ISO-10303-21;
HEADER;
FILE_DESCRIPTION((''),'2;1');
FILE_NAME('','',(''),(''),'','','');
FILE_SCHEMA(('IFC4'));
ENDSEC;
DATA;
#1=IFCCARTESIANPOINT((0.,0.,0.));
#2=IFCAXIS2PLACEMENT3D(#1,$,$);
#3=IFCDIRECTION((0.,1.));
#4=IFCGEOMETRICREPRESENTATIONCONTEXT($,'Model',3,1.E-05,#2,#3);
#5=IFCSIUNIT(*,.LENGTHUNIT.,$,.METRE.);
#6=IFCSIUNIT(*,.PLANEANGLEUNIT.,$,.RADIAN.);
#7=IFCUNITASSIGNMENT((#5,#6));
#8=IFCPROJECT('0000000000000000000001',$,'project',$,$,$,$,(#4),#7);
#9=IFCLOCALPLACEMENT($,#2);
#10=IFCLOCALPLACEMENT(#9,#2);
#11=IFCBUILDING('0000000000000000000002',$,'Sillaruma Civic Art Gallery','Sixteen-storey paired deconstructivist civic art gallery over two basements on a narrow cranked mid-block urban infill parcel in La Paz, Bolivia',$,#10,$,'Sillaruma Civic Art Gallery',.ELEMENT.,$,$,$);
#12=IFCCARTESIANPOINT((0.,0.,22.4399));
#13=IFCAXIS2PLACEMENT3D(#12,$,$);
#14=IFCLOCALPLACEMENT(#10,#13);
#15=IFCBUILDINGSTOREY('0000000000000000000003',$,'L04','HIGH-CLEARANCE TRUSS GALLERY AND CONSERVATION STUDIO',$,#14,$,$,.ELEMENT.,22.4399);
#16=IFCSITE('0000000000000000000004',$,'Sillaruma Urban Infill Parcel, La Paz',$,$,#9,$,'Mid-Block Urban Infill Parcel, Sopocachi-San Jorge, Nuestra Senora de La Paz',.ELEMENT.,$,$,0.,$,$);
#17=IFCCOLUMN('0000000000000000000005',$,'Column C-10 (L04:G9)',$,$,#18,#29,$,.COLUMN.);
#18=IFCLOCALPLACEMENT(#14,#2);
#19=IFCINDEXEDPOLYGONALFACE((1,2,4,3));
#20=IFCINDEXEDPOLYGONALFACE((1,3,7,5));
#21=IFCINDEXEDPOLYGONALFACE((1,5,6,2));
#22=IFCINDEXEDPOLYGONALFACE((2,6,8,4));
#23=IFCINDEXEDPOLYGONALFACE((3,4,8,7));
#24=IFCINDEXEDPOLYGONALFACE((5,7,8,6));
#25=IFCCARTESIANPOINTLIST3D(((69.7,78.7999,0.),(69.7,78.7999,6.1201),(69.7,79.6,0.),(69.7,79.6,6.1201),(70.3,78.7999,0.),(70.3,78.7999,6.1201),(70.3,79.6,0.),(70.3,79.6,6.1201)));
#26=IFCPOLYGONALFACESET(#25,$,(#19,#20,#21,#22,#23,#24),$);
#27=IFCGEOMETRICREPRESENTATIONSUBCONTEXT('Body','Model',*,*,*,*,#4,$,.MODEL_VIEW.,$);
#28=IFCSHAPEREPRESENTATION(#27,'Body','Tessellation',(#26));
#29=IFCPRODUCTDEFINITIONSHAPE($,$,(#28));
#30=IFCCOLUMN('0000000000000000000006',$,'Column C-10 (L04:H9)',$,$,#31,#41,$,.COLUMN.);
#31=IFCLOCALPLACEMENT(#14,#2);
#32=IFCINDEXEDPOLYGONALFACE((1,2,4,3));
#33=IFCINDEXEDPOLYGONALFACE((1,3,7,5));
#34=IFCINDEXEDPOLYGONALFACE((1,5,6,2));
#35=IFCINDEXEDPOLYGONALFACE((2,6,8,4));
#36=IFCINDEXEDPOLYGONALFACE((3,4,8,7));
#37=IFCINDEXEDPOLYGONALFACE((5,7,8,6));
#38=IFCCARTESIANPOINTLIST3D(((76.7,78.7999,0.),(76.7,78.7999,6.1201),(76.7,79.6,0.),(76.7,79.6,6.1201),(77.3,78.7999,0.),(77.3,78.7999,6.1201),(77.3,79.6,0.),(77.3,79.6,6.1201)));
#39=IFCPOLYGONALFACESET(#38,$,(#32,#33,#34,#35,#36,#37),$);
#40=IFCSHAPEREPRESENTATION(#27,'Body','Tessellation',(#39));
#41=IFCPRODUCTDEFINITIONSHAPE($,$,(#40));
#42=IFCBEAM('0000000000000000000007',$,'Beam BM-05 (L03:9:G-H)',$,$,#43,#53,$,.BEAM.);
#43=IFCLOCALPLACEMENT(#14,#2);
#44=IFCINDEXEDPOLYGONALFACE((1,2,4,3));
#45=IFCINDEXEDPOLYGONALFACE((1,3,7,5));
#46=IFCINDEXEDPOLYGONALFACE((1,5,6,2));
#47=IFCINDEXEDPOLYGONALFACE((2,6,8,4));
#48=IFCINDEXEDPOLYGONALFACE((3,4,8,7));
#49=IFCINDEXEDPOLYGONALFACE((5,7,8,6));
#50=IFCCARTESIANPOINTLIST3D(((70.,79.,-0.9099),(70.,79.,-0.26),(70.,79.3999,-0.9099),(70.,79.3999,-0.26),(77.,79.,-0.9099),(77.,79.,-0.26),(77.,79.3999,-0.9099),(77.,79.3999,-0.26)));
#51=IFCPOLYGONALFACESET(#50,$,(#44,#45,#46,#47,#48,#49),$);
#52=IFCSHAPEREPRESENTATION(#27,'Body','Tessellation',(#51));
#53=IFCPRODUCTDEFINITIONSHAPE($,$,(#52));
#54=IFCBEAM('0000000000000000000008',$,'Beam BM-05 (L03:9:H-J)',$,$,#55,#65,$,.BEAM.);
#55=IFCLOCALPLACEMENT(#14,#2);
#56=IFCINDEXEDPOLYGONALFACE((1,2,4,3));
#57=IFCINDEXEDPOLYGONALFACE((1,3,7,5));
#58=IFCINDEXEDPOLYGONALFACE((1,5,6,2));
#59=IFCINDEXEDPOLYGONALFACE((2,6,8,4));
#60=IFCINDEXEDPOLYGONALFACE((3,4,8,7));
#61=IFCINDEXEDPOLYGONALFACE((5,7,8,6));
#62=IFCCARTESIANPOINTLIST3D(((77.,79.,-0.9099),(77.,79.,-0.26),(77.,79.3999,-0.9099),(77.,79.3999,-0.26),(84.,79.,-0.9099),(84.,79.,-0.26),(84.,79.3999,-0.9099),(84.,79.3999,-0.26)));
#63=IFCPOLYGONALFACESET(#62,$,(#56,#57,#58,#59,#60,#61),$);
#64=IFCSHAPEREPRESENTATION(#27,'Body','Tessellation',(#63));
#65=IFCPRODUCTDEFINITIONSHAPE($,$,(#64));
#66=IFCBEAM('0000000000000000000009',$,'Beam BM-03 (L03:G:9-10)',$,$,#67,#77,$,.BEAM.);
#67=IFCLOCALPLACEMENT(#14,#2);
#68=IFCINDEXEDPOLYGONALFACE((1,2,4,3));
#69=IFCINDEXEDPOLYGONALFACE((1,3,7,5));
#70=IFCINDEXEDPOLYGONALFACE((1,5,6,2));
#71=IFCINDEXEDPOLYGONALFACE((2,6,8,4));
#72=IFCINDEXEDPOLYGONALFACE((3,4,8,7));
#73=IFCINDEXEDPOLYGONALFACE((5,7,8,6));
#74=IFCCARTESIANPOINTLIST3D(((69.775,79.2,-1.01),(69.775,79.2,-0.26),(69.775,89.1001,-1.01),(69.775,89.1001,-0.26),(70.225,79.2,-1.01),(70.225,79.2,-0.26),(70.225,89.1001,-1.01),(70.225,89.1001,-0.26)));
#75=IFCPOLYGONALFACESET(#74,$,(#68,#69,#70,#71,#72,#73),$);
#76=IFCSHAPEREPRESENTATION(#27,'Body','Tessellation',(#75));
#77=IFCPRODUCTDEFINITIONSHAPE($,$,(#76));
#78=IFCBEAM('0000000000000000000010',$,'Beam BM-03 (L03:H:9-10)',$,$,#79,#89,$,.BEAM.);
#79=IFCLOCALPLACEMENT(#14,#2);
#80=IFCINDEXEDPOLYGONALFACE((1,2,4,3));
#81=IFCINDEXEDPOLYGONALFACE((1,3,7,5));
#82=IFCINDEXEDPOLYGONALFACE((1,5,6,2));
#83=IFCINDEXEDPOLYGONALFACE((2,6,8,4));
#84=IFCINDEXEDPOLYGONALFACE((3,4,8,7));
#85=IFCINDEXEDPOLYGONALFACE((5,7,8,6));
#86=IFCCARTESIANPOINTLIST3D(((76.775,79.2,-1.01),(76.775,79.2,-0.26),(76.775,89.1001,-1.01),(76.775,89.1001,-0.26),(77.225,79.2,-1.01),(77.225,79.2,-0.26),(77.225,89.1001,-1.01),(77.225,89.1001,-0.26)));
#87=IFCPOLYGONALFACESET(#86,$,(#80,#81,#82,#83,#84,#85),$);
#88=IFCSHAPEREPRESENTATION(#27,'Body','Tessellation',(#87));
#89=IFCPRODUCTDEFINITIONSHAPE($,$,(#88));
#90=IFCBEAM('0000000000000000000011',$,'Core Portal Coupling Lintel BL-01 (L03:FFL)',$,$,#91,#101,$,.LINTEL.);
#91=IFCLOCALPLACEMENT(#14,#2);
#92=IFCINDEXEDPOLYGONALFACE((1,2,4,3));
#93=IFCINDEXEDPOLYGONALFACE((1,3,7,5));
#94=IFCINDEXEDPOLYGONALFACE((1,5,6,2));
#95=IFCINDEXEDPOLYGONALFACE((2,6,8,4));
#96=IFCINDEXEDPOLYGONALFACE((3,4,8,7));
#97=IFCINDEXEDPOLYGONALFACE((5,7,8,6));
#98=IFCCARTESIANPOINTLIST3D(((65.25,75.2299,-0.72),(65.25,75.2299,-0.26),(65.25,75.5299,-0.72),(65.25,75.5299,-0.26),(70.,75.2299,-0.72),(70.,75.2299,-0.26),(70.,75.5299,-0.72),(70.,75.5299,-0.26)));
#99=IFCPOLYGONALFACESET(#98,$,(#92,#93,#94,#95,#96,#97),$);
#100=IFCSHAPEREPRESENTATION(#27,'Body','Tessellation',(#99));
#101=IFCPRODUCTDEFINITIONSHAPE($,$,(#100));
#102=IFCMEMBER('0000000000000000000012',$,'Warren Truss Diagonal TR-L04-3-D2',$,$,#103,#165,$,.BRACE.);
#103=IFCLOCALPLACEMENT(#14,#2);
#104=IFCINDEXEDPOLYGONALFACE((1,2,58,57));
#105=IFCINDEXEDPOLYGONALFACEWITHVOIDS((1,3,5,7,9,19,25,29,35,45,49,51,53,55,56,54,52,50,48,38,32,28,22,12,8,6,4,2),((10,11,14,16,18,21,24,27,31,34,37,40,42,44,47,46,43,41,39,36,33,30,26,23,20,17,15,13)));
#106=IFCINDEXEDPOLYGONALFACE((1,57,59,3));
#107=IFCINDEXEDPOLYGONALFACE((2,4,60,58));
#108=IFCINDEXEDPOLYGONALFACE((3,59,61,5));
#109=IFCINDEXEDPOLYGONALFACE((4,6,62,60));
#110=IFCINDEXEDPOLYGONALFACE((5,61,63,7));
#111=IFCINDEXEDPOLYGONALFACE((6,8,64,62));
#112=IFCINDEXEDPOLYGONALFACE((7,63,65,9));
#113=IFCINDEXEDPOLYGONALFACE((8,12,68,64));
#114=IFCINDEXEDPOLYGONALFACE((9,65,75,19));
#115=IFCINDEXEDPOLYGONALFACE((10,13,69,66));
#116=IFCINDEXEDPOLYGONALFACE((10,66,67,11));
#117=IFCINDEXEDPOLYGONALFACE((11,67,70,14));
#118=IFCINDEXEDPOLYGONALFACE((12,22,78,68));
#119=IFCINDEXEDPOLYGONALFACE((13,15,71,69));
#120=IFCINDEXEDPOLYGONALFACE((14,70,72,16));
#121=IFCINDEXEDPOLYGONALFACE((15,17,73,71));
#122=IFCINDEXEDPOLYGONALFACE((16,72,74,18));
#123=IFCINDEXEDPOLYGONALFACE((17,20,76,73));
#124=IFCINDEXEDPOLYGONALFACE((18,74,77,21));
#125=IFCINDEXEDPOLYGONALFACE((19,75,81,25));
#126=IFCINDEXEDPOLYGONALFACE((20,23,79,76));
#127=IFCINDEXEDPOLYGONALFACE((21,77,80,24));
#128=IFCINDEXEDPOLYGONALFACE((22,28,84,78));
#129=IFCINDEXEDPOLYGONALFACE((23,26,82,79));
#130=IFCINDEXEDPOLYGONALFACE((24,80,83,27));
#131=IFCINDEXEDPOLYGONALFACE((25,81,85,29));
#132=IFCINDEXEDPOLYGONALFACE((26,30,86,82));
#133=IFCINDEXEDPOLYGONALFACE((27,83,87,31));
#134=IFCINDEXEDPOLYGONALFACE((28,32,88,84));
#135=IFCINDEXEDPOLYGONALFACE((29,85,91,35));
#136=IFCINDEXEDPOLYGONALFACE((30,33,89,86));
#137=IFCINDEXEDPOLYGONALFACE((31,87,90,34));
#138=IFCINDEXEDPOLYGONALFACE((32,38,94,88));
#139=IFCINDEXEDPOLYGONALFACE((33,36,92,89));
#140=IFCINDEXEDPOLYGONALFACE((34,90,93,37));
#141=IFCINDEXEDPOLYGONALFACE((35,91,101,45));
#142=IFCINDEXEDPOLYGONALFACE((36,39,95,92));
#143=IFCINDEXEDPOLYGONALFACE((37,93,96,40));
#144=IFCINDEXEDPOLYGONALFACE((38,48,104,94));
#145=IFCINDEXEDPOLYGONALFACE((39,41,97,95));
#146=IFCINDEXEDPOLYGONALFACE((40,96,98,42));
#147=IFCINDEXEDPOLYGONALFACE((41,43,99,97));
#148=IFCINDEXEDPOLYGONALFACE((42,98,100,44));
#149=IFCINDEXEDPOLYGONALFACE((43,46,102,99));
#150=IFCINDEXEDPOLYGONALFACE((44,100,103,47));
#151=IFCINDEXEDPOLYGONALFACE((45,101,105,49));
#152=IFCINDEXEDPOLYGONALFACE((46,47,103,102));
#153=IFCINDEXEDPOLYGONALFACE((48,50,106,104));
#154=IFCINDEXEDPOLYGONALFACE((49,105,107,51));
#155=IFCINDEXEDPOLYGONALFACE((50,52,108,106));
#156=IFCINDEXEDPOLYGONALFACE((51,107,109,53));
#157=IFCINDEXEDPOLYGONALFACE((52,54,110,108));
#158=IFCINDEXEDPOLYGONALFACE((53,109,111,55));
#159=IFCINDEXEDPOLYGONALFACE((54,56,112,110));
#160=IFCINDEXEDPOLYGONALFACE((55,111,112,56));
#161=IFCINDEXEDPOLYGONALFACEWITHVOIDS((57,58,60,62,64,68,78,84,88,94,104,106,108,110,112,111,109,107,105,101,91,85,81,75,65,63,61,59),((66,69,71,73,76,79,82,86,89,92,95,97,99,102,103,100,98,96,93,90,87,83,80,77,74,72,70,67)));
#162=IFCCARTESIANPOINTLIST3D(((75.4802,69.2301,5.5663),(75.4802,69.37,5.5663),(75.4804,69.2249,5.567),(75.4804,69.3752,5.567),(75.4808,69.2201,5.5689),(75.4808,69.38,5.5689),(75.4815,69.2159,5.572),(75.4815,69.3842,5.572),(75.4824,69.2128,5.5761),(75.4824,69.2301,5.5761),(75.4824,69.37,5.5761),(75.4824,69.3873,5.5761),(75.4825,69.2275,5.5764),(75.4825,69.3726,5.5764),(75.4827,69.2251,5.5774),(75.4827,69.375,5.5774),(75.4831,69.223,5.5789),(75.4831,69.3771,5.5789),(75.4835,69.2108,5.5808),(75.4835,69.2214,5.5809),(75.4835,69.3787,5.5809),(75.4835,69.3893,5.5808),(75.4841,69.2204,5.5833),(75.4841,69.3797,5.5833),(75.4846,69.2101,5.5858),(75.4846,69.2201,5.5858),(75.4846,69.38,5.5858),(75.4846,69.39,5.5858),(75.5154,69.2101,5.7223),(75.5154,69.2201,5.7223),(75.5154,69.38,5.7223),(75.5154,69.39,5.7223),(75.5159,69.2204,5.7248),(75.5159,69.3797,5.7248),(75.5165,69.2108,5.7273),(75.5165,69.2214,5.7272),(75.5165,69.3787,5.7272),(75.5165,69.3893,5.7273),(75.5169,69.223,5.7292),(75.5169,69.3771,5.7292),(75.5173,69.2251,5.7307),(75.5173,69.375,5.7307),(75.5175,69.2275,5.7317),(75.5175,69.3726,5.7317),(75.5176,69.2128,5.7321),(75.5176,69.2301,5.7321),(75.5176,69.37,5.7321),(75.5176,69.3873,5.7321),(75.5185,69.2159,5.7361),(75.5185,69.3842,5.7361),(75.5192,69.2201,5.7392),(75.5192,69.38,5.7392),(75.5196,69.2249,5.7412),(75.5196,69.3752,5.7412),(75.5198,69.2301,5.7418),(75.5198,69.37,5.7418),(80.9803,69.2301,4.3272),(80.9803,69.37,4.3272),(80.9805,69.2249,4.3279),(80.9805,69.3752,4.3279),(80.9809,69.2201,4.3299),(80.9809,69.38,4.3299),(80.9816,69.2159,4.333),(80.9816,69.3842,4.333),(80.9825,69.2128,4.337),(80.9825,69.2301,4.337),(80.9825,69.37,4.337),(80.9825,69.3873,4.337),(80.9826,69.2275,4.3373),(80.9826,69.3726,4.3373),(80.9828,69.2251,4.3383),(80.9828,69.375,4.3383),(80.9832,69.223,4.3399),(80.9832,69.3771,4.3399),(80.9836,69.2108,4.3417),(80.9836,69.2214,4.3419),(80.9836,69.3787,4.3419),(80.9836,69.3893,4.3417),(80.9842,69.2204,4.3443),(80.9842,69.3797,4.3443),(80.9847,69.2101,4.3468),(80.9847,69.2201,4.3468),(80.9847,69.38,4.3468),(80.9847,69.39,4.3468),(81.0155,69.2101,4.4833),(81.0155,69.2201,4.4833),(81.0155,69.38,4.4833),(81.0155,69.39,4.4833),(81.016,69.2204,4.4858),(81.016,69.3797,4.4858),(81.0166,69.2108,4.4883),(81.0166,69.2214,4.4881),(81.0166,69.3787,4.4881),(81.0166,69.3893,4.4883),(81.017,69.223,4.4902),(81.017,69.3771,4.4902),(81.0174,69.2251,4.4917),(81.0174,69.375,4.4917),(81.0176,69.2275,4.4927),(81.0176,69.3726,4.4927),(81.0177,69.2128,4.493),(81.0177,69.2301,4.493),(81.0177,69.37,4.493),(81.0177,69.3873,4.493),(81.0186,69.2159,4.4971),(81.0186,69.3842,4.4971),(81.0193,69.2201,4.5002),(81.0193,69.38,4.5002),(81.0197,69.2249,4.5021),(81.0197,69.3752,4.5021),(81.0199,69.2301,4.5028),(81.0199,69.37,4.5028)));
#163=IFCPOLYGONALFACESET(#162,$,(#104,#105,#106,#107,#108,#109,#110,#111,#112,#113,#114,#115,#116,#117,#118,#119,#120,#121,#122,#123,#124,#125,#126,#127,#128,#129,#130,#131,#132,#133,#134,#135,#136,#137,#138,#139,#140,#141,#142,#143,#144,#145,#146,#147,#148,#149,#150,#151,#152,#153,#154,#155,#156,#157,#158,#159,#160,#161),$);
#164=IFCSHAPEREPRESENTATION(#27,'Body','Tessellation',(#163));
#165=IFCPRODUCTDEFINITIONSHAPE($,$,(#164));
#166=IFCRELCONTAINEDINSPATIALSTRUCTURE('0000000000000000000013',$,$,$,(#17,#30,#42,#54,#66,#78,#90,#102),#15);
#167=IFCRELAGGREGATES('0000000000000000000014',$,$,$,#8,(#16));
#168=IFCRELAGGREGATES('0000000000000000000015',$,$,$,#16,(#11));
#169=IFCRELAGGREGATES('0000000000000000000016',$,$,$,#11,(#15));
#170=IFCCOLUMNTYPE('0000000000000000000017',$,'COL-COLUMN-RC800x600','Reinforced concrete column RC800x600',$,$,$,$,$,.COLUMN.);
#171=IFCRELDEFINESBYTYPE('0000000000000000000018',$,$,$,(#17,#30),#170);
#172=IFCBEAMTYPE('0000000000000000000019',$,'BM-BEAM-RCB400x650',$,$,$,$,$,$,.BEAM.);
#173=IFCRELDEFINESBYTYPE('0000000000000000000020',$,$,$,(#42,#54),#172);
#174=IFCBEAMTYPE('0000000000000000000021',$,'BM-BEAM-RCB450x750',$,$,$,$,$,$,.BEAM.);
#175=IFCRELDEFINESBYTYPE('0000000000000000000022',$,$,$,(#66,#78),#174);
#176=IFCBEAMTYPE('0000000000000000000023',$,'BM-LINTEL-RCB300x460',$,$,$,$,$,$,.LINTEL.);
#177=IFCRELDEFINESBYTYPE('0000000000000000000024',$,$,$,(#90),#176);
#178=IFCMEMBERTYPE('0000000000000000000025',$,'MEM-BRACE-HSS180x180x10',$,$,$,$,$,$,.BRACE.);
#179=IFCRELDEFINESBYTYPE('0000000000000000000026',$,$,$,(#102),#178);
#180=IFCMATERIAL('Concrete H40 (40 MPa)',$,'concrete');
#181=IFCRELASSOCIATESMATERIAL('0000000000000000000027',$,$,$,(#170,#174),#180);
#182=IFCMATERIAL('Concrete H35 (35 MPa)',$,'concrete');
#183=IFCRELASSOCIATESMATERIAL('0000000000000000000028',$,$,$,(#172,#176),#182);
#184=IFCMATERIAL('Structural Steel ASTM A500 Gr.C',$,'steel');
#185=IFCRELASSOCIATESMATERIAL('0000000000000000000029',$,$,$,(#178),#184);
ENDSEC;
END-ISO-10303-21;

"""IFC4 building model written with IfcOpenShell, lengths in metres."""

from ifc_helpers import new_model, si_unit, direction, frame, origin, origin_2d, place, context, subcontext, project, spatial, rectangle, hollow_rectangle, extrude, material, material_profile, profile_set, type_object, element, save


model = new_model("IFC4")

# Units and contexts
model_context = context("Model", 3, precision=1e-05, world=origin(), true_north=direction((0.0, 1.0)))
body_context = subcontext(model_context, "Body", "Model", "MODEL_VIEW")
ifc_project = project(units=[si_unit("LENGTHUNIT", "METRE"), si_unit("PLANEANGLEUNIT", "RADIAN")], contexts=[model_context])

# Site, building, storey
site_placement = place(None, origin())
site = spatial("IfcSite", under=ifc_project, at=site_placement, Name="Sillaruma Urban Infill Parcel, La Paz", LongName="Mid-Block Urban Infill Parcel, Sopocachi-San Jorge, Nuestra Senora de La Paz", CompositionType="ELEMENT", RefElevation=0.0)
building_placement = place(site_placement, origin())
building = spatial("IfcBuilding", under=site, at=building_placement, Name="Sillaruma Civic Art Gallery", Description="Sixteen-storey paired deconstructivist civic art gallery over two basements on a narrow cranked mid-block urban infill parcel in La Paz, Bolivia", LongName="Sillaruma Civic Art Gallery", CompositionType="ELEMENT")
storey_placement = place(building_placement, frame((0.0, 0.0, 22.4399)))
storey = spatial("IfcBuildingStorey", under=building, at=storey_placement, Name="L04", Description="HIGH-CLEARANCE TRUSS GALLERY AND CONSERVATION STUDIO", CompositionType="ELEMENT", Elevation=22.4399)

# Columns
ifc_material_1 = material(Name="Concrete H40 (40 MPa)", Category="concrete")
ifc_material_profile_1 = material_profile(ifc_material_1, rectangle(XDim=0.6001, YDim=0.8, at=origin_2d()), Name="RC800x600")
ifc_profile_set_1 = profile_set([ifc_material_profile_1], Name="Concrete H40 (40 MPa)")
column_type = type_object("IfcColumnType", Name="COL-COLUMN-RC800x600", Description="Reinforced concrete column RC800x600", PredefinedType="COLUMN", material=ifc_profile_set_1)
for number, where, z_axis, x_axis, name in (
    (1, (70.0, 79.2, 0.0), (0.0, 0.0, 1.0), (1.0, 0.0, 0.0), "Column C-10 (L04:G9)"),
    (2, (77.0, 79.2, 0.0), (0.0, 0.0, 1.0), (1.0, 0.0, 0.0), "Column C-10 (L04:H9)"),
):
    element("IfcColumn", number, at=place(storey_placement, frame(where, z_axis=z_axis, x_axis=x_axis)), inside=storey, type_object=column_type, Name=name, PredefinedType="COLUMN", context=body_context, shape_type="SweptSolid", body=[
        extrude(rectangle(XDim=0.6001, YDim=0.8, at=origin_2d()), origin(), (0.0, 0.0, 1.0), 6.1201),
    ])

# Beams
ifc_material_2 = material(Name="Concrete H35 (35 MPa)", Category="concrete")
ifc_material_profile_2 = material_profile(ifc_material_2, rectangle(XDim=0.3999, YDim=0.6499, at=origin_2d()), Name="RCB400x650")
ifc_profile_set_2 = profile_set([ifc_material_profile_2], Name="Concrete H35 (35 MPa)")
beam_type_1 = type_object("IfcBeamType", Name="BM-BEAM-RCB400x650", PredefinedType="BEAM", material=ifc_profile_set_2)
for number, where, z_axis, x_axis, name in (
    (3, (70.0, 79.2, -0.585), (1.0, 0.0, 0.0), (0.0, 1.0, 0.0), "Beam BM-05 (L03:9:G-H)"),
    (4, (77.0, 79.2, -0.585), (1.0, 0.0, 0.0), (0.0, 1.0, 0.0), "Beam BM-05 (L03:9:H-J)"),
):
    element("IfcBeam", number, at=place(storey_placement, frame(where, z_axis=z_axis, x_axis=x_axis)), inside=storey, type_object=beam_type_1, Name=name, PredefinedType="BEAM", context=body_context, shape_type="SweptSolid", body=[
        extrude(rectangle(XDim=0.3999, YDim=0.6499, at=origin_2d()), origin(), (0.0, 0.0, 1.0), 7.0),
    ])
ifc_material_profile_3 = material_profile(ifc_material_1, rectangle(XDim=0.45, YDim=0.75, at=origin_2d()), Name="RCB450x750")
ifc_profile_set_3 = profile_set([ifc_material_profile_3], Name="Concrete H40 (40 MPa)")
beam_type_2 = type_object("IfcBeamType", Name="BM-BEAM-RCB450x750", PredefinedType="BEAM", material=ifc_profile_set_3)
for number, where, z_axis, x_axis, name in (
    (5, (70.0, 79.2, -0.635), (0.0, 1.0, 0.0), (-1.0, 0.0, 0.0), "Beam BM-03 (L03:G:9-10)"),
    (6, (77.0, 79.2, -0.635), (0.0, 1.0, 0.0), (-1.0, 0.0, 0.0), "Beam BM-03 (L03:H:9-10)"),
):
    element("IfcBeam", number, at=place(storey_placement, frame(where, z_axis=z_axis, x_axis=x_axis)), inside=storey, type_object=beam_type_2, Name=name, PredefinedType="BEAM", context=body_context, shape_type="SweptSolid", body=[
        extrude(rectangle(XDim=0.45, YDim=0.75, at=origin_2d()), origin(), (0.0, 0.0, 1.0), 9.9001),
    ])
ifc_material_profile_4 = material_profile(ifc_material_2, rectangle(XDim=0.3, YDim=0.46, at=origin_2d()), Name="RCB300x460")
ifc_profile_set_4 = profile_set([ifc_material_profile_4], Name="Concrete H35 (35 MPa)")
beam_type_3 = type_object("IfcBeamType", Name="BM-LINTEL-RCB300x460", PredefinedType="LINTEL", material=ifc_profile_set_4)
beam_placement = place(storey_placement, frame((65.25, 75.3799, -0.49), z_axis=(1.0, 0.0, 0.0), x_axis=(0.0, 1.0, 0.0)))
element("IfcBeam", 7, at=beam_placement, inside=storey, type_object=beam_type_3, Name="Core Portal Coupling Lintel BL-01 (L03:FFL)", PredefinedType="LINTEL", context=body_context, shape_type="SweptSolid", body=[
    extrude(rectangle(XDim=0.3, YDim=0.46, at=origin_2d()), origin(), (0.0, 0.0, 1.0), 4.75),
])

# Member
ifc_material_3 = material(Name="Structural Steel ASTM A500 Gr.C", Category="steel")
ifc_material_profile_5 = material_profile(ifc_material_3, hollow_rectangle(XDim=0.1799, YDim=0.1799, WallThickness=0.01, InnerFilletRadius=0.01, OuterFilletRadius=0.02, at=origin_2d()), Name="HSS180x180x10")
ifc_profile_set_5 = profile_set([ifc_material_profile_5], Name="Structural Steel ASTM A500 Gr.C")
member_type_1 = type_object("IfcMemberType", Name="MEM-BRACE-HSS180x180x10", PredefinedType="BRACE", material=ifc_profile_set_5)
member_1_placement = place(storey_placement, frame((75.5, 69.3, 5.6541), z_axis=(0.975552, 0.0, -0.219768), x_axis=(0.0, 1.0, 0.0)))
element("IfcMember", 8, at=member_1_placement, inside=storey, type_object=member_type_1, Name="Warren Truss Diagonal TR-L04-3-D2", PredefinedType="BRACE", context=body_context, shape_type="SweptSolid", body=[
    extrude(hollow_rectangle(XDim=0.1799, YDim=0.1799, WallThickness=0.01, InnerFilletRadius=0.01, OuterFilletRadius=0.02, at=origin_2d()), origin(), (0.0, 0.0, 1.0), 5.6379),
])

save(model, "model.ifc")
